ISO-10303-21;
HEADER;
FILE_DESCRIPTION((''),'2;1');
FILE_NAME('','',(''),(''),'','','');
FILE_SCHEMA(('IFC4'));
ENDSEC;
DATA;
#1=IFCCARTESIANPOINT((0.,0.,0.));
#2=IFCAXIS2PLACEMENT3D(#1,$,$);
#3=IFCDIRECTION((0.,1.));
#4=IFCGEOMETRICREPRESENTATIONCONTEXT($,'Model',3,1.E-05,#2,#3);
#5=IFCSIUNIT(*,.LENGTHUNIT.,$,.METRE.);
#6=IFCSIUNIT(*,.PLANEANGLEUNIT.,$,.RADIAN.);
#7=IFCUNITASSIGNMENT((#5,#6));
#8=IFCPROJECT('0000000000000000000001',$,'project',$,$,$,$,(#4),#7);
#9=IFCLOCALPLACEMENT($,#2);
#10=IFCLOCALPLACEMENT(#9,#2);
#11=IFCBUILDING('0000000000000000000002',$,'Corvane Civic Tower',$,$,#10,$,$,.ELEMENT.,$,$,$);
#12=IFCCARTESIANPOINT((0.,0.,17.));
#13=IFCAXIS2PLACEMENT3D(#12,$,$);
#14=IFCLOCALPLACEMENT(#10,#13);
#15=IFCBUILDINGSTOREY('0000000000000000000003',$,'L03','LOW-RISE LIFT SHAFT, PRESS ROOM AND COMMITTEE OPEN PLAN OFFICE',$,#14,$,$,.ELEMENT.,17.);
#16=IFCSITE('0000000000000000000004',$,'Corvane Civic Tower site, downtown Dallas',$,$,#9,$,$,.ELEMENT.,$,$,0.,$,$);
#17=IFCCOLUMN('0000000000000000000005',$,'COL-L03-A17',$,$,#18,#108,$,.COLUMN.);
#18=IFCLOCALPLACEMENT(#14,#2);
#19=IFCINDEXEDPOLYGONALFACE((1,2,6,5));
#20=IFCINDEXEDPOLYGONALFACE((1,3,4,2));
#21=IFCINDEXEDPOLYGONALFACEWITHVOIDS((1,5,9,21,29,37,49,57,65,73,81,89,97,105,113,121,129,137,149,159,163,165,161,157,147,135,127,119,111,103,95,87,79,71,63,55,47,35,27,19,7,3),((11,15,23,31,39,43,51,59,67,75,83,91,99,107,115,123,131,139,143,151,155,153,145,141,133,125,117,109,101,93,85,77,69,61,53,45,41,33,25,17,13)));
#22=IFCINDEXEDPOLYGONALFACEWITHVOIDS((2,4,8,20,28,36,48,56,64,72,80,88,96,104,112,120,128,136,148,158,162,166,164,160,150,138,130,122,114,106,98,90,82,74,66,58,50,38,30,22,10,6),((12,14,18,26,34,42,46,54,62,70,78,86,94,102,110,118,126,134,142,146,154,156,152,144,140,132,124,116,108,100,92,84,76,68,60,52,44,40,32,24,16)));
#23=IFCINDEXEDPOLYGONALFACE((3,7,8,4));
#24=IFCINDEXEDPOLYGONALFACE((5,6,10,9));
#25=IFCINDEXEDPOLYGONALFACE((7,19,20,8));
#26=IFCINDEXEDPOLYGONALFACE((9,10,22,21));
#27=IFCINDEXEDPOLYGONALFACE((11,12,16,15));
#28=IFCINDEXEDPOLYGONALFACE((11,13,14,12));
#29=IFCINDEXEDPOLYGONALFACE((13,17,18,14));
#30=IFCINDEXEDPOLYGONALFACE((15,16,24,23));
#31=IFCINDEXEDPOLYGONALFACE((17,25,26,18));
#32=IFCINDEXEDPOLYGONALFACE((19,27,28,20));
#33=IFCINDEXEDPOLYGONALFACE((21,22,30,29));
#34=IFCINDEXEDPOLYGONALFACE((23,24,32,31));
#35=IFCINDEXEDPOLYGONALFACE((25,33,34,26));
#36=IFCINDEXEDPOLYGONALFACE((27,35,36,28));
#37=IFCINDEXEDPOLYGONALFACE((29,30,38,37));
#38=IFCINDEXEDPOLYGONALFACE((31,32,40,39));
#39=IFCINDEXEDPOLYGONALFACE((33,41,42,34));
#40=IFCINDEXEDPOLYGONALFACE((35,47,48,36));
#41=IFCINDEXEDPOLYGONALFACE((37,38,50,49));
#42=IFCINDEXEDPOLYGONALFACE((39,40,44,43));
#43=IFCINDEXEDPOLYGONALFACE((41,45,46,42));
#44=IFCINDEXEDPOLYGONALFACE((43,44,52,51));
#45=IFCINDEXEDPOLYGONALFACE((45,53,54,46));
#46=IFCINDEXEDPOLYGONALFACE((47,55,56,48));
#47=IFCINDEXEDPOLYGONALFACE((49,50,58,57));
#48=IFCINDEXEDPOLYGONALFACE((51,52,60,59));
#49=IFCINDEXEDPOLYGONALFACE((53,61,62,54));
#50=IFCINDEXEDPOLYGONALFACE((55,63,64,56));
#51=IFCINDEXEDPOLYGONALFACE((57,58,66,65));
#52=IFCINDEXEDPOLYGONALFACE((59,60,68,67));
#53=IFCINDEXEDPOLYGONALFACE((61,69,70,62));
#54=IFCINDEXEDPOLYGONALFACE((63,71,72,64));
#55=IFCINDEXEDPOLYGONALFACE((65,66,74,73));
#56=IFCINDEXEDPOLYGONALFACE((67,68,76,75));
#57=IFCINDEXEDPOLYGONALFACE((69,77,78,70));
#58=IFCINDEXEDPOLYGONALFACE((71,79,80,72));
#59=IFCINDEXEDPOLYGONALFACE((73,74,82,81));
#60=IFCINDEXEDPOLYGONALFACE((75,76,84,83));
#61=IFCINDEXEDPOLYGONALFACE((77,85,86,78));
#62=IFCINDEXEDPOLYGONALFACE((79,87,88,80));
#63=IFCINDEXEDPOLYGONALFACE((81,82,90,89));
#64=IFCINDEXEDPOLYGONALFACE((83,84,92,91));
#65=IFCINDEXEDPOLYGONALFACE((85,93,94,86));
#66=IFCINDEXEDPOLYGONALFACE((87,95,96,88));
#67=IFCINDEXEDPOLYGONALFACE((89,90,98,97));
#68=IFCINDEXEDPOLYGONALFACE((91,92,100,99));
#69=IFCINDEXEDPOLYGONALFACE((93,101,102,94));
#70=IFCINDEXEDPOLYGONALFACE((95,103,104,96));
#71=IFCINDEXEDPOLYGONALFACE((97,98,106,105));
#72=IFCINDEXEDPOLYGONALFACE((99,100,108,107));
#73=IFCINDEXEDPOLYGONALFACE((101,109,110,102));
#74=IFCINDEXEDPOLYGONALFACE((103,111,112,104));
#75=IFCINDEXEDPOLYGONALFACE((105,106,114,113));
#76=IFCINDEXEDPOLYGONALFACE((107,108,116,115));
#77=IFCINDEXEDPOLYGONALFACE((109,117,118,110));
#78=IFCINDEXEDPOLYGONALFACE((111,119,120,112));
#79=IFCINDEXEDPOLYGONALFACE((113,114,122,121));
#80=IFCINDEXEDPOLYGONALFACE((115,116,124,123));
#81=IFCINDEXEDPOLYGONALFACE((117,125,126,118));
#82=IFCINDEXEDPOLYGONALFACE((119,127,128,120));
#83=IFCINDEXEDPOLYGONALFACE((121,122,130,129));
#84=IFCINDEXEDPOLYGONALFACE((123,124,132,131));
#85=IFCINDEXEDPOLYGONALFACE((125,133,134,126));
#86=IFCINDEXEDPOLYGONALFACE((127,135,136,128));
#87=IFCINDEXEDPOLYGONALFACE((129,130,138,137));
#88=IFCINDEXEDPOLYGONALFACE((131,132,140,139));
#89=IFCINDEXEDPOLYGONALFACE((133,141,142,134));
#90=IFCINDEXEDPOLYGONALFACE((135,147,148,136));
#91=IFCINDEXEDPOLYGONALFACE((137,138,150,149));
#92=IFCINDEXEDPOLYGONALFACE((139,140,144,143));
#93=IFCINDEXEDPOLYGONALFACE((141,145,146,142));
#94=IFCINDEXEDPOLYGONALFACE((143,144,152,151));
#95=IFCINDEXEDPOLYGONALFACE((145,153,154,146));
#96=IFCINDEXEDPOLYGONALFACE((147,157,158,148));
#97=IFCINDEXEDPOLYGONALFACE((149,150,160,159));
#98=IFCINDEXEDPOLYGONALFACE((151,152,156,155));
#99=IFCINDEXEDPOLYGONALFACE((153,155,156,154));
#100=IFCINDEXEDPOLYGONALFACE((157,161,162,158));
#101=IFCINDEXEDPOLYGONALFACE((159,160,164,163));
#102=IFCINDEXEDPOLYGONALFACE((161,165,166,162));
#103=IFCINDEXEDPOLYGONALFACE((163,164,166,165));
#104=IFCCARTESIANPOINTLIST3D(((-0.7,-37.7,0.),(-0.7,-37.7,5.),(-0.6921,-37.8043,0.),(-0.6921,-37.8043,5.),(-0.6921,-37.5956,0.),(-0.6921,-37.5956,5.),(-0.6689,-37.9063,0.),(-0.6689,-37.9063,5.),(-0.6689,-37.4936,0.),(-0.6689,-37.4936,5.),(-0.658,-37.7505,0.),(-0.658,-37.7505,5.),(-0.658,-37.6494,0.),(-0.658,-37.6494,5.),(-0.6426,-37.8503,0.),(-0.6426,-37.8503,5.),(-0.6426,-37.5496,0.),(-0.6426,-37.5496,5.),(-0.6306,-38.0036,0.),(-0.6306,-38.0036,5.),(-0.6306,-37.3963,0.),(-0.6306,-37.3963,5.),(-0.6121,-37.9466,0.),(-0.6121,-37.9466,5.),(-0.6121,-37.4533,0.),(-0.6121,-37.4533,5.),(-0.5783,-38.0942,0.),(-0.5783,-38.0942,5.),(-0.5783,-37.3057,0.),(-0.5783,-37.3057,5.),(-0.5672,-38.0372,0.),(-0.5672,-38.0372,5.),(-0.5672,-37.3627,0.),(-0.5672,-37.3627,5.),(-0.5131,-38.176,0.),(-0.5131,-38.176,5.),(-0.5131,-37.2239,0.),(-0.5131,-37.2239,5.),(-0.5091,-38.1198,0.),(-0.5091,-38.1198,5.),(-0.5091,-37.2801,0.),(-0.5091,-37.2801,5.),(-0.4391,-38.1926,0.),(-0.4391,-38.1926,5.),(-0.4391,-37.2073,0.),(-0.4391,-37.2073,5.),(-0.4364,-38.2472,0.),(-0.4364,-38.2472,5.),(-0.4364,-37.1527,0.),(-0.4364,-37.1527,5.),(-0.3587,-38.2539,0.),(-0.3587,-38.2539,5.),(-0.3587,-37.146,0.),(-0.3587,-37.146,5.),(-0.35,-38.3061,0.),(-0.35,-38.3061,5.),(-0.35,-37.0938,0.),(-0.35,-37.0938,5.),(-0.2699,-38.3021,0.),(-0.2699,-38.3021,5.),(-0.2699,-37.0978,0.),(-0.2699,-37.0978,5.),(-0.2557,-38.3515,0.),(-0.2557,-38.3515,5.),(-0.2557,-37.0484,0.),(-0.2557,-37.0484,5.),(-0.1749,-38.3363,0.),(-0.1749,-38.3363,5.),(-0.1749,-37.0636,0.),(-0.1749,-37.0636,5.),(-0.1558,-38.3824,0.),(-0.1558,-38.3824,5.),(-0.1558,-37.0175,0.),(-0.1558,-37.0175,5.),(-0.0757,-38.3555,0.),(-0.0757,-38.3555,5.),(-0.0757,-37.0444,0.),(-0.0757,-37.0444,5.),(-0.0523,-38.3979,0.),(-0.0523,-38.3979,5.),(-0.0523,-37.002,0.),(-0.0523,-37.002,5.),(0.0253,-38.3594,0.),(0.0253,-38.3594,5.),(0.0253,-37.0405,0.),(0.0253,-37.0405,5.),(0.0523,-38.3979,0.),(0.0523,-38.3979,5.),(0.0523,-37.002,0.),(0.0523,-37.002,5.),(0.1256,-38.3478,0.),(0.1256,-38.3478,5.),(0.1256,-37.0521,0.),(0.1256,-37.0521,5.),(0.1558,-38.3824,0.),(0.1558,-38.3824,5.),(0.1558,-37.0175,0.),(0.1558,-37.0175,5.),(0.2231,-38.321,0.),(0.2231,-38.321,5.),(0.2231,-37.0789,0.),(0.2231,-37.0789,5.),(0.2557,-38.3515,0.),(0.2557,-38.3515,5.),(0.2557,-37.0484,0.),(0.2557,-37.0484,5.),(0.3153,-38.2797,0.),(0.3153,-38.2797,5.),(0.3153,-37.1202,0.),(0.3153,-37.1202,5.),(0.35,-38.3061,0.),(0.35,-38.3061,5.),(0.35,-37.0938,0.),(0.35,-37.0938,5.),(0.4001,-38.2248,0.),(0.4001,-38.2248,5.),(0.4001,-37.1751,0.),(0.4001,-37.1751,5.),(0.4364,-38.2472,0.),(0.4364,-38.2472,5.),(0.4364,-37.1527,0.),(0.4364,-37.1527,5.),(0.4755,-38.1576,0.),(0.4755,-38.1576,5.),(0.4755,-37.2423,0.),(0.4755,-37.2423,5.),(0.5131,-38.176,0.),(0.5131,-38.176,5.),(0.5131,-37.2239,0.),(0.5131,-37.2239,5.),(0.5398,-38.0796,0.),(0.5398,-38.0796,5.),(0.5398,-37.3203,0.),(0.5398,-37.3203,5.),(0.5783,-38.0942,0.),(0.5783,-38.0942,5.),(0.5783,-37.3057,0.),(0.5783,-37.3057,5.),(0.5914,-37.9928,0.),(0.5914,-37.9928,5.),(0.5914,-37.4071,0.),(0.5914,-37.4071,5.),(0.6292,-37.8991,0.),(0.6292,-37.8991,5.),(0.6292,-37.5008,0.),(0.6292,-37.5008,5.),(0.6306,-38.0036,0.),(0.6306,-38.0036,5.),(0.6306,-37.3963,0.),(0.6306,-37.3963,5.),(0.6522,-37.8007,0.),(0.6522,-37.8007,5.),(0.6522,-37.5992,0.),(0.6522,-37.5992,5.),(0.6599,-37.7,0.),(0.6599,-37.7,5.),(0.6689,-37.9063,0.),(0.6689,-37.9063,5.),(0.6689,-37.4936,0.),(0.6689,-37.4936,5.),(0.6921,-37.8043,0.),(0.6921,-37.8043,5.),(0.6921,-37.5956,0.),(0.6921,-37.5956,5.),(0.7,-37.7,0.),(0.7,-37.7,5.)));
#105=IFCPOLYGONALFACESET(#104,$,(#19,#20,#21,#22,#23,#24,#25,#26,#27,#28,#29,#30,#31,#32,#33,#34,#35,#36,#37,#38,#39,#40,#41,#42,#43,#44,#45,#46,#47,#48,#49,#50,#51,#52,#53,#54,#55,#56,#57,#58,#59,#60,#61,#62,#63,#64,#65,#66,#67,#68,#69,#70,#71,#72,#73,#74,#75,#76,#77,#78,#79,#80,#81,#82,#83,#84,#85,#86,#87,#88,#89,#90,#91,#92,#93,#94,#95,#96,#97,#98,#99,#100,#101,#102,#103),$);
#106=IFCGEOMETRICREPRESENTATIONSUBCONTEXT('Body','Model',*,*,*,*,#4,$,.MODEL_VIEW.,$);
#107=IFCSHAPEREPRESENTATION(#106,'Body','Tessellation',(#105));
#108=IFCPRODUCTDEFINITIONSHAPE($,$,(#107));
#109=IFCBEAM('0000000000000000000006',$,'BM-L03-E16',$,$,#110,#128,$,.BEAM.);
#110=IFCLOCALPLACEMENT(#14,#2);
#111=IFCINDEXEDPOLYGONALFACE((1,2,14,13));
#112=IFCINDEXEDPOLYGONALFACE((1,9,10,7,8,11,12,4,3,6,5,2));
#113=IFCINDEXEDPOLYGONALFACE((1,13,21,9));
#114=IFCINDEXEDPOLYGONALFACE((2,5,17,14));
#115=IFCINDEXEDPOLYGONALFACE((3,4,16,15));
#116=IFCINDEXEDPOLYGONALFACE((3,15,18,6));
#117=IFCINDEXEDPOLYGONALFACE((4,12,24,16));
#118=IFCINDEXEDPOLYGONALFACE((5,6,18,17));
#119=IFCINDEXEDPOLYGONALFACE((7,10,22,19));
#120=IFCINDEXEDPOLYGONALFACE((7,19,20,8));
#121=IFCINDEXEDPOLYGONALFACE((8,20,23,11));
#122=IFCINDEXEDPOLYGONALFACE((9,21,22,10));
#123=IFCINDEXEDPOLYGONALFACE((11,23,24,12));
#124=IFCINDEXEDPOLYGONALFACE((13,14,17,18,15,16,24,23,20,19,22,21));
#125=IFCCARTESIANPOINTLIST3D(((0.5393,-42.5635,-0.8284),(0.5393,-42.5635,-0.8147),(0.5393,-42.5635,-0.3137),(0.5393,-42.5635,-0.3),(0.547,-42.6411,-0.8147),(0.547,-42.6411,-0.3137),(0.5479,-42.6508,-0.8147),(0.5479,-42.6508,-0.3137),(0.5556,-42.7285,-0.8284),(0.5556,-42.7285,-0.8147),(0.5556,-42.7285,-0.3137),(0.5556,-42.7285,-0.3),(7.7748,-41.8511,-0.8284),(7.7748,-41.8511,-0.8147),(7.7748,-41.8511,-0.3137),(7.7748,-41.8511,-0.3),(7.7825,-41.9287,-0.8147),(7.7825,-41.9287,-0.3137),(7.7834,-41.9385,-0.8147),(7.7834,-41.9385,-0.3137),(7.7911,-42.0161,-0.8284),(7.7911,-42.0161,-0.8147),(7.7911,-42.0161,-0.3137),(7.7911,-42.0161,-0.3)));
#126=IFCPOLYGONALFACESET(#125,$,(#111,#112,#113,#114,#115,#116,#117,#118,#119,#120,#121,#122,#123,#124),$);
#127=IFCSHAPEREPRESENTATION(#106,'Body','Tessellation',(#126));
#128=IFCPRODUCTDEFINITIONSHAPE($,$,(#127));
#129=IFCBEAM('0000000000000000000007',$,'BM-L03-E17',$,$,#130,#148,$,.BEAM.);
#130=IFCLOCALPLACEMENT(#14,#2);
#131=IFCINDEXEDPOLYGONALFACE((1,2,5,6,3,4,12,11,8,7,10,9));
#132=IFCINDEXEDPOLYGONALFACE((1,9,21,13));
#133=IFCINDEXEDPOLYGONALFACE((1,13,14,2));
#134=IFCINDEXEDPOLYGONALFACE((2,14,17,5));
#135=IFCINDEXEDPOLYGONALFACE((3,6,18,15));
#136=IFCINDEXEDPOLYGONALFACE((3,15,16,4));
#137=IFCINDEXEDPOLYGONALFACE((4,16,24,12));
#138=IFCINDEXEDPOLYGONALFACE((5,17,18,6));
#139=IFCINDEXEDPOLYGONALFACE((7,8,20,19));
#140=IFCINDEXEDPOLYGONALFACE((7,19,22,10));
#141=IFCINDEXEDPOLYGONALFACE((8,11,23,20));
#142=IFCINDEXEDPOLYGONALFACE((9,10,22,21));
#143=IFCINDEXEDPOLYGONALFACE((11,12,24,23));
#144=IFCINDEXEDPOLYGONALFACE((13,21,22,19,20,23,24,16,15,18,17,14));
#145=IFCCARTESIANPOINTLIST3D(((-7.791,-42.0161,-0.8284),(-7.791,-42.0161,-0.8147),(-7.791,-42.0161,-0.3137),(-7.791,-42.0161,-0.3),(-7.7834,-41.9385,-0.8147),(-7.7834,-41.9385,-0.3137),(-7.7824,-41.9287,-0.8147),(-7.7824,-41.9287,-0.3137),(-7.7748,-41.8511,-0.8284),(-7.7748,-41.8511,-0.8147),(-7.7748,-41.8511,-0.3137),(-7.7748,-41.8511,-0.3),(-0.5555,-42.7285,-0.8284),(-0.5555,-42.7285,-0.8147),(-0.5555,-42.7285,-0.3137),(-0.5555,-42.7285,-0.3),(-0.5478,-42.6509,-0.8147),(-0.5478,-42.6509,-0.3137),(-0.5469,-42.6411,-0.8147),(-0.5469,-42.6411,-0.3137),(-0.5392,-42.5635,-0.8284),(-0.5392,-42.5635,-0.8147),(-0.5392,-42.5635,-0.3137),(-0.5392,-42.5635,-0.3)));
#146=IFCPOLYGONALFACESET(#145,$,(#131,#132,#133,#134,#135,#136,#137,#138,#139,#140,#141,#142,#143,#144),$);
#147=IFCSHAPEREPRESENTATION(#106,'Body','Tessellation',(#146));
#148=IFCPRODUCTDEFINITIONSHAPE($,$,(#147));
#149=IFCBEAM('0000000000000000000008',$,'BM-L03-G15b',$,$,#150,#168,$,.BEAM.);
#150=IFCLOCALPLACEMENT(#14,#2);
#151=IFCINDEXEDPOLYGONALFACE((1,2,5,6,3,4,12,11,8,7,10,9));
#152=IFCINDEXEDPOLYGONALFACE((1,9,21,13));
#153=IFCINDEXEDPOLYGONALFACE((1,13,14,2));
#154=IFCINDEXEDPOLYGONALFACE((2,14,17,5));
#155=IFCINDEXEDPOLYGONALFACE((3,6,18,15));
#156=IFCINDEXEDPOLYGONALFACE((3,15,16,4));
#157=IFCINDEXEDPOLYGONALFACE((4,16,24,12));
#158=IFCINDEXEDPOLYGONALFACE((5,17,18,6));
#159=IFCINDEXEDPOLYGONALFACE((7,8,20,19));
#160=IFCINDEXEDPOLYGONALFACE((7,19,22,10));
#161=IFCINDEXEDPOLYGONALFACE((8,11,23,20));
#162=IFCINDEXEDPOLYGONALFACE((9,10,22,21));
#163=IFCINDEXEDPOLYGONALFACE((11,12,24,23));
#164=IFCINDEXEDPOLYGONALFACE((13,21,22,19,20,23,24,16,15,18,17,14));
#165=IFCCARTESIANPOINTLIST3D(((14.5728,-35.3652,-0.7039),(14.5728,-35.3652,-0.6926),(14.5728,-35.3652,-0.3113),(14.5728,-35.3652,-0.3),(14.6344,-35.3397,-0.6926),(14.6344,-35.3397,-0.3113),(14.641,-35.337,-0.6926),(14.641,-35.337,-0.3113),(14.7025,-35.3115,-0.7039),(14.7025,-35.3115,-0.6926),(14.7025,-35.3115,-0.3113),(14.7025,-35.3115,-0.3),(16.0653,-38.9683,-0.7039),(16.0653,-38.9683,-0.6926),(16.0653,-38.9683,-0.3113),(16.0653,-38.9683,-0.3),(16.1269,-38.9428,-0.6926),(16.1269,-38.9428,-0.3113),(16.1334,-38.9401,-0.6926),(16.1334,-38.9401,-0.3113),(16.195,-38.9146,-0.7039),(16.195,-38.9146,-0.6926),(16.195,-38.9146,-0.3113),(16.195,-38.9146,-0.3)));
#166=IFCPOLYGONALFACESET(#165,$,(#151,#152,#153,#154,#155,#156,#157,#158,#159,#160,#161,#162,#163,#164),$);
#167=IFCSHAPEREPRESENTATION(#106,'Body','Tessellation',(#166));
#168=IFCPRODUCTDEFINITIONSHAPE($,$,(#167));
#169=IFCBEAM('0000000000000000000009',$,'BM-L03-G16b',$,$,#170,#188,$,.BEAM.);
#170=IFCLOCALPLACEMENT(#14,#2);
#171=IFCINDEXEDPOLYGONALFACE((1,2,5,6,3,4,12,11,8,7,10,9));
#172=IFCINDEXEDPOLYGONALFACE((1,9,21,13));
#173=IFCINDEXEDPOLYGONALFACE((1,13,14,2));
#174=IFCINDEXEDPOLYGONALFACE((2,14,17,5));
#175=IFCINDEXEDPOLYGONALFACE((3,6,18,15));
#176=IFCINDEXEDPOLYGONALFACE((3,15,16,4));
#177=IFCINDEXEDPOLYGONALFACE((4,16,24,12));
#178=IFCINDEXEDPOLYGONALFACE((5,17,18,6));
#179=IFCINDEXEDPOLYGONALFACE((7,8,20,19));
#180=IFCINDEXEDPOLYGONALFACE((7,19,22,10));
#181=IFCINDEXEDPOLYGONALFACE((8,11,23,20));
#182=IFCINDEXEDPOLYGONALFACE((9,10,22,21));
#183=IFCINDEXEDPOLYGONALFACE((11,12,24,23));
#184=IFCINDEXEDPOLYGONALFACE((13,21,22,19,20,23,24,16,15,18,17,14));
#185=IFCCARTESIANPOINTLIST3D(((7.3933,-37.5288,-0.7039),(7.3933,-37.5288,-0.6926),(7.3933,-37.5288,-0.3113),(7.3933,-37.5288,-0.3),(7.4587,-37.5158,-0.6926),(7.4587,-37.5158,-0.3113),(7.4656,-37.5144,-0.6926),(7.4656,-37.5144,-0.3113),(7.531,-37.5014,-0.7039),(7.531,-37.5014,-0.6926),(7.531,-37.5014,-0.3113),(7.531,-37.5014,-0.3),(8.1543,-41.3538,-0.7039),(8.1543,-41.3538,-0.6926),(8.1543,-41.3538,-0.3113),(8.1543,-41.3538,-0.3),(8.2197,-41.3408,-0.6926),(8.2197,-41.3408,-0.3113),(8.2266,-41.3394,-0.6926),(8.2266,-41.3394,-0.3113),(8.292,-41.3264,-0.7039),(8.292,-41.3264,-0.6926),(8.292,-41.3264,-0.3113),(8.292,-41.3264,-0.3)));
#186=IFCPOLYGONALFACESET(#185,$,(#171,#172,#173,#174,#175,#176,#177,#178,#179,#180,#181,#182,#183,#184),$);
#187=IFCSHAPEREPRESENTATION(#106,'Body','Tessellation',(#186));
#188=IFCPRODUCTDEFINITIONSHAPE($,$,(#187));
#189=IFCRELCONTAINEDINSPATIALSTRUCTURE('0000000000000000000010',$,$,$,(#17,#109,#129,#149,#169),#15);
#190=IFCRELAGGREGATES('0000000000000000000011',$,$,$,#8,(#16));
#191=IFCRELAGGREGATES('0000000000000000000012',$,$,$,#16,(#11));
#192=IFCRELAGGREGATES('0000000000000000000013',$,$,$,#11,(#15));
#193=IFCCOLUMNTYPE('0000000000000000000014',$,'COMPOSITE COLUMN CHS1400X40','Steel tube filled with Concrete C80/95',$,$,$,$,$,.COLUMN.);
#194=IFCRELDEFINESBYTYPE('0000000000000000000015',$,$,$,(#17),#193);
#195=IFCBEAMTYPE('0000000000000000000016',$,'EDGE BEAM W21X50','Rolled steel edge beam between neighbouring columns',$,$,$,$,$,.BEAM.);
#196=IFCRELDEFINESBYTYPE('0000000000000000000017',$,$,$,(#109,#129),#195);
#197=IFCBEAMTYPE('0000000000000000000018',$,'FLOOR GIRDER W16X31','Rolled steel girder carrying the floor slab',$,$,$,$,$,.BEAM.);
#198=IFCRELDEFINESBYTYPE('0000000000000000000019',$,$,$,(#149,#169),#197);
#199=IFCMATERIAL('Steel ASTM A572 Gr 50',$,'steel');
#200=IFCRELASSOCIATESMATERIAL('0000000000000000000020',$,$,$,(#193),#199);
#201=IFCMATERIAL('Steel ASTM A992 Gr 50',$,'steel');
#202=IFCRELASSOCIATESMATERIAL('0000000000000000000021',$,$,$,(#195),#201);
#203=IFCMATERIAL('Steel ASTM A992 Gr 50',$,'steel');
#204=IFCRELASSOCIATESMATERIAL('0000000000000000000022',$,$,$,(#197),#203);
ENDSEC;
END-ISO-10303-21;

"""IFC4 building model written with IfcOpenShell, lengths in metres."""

from ifc_helpers import new_model, si_unit, direction, frame, origin, origin_2d, place, context, subcontext, project, spatial, hollow_circle, i_section, extrude, material, material_profile, profile_set, type_object, element, save


model = new_model("IFC4")

# Units and contexts
model_context = context("Model", 3, precision=1e-05, world=origin(), true_north=direction((0.0, 1.0)))
body_context = subcontext(model_context, "Body", "Model", "MODEL_VIEW")
ifc_project = project(units=[si_unit("LENGTHUNIT", "METRE"), si_unit("PLANEANGLEUNIT", "RADIAN")], contexts=[model_context])

# Site, building, storey
site_placement = place(None, origin())
site = spatial("IfcSite", under=ifc_project, at=site_placement, Name="Corvane Civic Tower site, downtown Dallas", CompositionType="ELEMENT", RefElevation=0.0)
building_placement = place(site_placement, origin())
building = spatial("IfcBuilding", under=site, at=building_placement, Name="Corvane Civic Tower", CompositionType="ELEMENT")
storey_placement = place(building_placement, frame((0.0, 0.0, 17.0)))
storey = spatial("IfcBuildingStorey", under=building, at=storey_placement, Name="L03", Description="LOW-RISE LIFT SHAFT, PRESS ROOM AND COMMITTEE OPEN PLAN OFFICE", CompositionType="ELEMENT", Elevation=17.0)

# Column
ifc_material_1 = material(Name="Steel ASTM A572 Gr 50", Category="steel")
ifc_material_profile_1 = material_profile(ifc_material_1, hollow_circle(Radius=0.7, WallThickness=0.04, at=origin_2d()), Name="CHS1400X40")
ifc_profile_set_1 = profile_set([ifc_material_profile_1], Name="Steel ASTM A572 Gr 50")
column_type_1 = type_object("IfcColumnType", Name="COMPOSITE COLUMN CHS1400X40", Description="Steel tube filled with Concrete C80/95", PredefinedType="COLUMN", material=ifc_profile_set_1)
for number, where, z_axis, x_axis, name in (
    (1, (0.0, -37.7, 0.0), (0.0, 0.0, 1.0), (1.0, 0.0, 0.0), "COL-L03-A17"),
):
    element("IfcColumn", number, at=place(storey_placement, frame(where, z_axis=z_axis, x_axis=x_axis)), inside=storey, type_object=column_type_1, Name=name, PredefinedType="COLUMN", context=body_context, shape_type="SweptSolid", body=[
        extrude(hollow_circle(Radius=0.7, WallThickness=0.04, at=origin_2d()), origin(), (0.0, 0.0, 1.0), 5.0),
    ])

# Beams
ifc_material_2 = material(Name="Steel ASTM A992 Gr 50", Category="steel")
ifc_material_profile_2 = material_profile(ifc_material_2, i_section(OverallWidth=0.1658, OverallDepth=0.5283, WebThickness=0.0098, FlangeThickness=0.0137, at=origin_2d()), Name="W21X50")
ifc_profile_set_2 = profile_set([ifc_material_profile_2], Name="Steel ASTM A992 Gr 50")
beam_type_1 = type_object("IfcBeamType", Name="EDGE BEAM W21X50", Description="Rolled steel edge beam between neighbouring columns", PredefinedType="BEAM", material=ifc_profile_set_2)
for number, where, z_axis, x_axis, name in (
    (2, (7.783, -41.9336, -0.5642), (-0.995188, -0.097984, 0.0), (0.097984, -0.995188, 0.0), "BM-L03-E16"),
    (3, (-0.5474, -42.646, -0.5642), (-0.995188, 0.097984, 0.0), (-0.097984, -0.995188, 0.0), "BM-L03-E17"),
):
    element("IfcBeam", number, at=place(storey_placement, frame(where, z_axis=z_axis, x_axis=x_axis)), inside=storey, type_object=beam_type_1, Name=name, PredefinedType="BEAM", context=body_context, shape_type="SweptSolid", body=[
        extrude(i_section(OverallWidth=0.1658, OverallDepth=0.5283, WebThickness=0.0098, FlangeThickness=0.0137, at=origin_2d()), origin(), (0.0, 0.0, 1.0), 7.2705),
    ])
ifc_material_3 = material(Name="Steel ASTM A992 Gr 50", Category="steel")
ifc_material_profile_3 = material_profile(ifc_material_3, i_section(OverallWidth=0.1404, OverallDepth=0.4038, WebThickness=0.0071, FlangeThickness=0.0112, at=origin_2d()), Name="W16X31")
ifc_profile_set_3 = profile_set([ifc_material_profile_3], Name="Steel ASTM A992 Gr 50")
beam_type_2 = type_object("IfcBeamType", Name="FLOOR GIRDER W16X31", Description="Rolled steel girder carrying the floor slab", PredefinedType="BEAM", material=ifc_profile_set_3)
for number, where, z_axis, x_axis, name in (
    (4, (14.6377, -35.3384, -0.502), (0.382685, -0.923879, 0.0), (0.923879, 0.382685, 0.0), "BM-L03-G15b"),
    (5, (7.4622, -37.5151, -0.502), (0.195129, -0.980778, 0.0), (0.980778, 0.195129, 0.0), "BM-L03-G16b"),
):
    element("IfcBeam", number, at=place(storey_placement, frame(where, z_axis=z_axis, x_axis=x_axis)), inside=storey, type_object=beam_type_2, Name=name, PredefinedType="BEAM", context=body_context, shape_type="SweptSolid", body=[
        extrude(i_section(OverallWidth=0.1404, OverallDepth=0.4038, WebThickness=0.0071, FlangeThickness=0.0112, at=origin_2d()), origin(), (0.0, 0.0, 1.0), 3.8999),
    ])

save(model, "model.ifc")
